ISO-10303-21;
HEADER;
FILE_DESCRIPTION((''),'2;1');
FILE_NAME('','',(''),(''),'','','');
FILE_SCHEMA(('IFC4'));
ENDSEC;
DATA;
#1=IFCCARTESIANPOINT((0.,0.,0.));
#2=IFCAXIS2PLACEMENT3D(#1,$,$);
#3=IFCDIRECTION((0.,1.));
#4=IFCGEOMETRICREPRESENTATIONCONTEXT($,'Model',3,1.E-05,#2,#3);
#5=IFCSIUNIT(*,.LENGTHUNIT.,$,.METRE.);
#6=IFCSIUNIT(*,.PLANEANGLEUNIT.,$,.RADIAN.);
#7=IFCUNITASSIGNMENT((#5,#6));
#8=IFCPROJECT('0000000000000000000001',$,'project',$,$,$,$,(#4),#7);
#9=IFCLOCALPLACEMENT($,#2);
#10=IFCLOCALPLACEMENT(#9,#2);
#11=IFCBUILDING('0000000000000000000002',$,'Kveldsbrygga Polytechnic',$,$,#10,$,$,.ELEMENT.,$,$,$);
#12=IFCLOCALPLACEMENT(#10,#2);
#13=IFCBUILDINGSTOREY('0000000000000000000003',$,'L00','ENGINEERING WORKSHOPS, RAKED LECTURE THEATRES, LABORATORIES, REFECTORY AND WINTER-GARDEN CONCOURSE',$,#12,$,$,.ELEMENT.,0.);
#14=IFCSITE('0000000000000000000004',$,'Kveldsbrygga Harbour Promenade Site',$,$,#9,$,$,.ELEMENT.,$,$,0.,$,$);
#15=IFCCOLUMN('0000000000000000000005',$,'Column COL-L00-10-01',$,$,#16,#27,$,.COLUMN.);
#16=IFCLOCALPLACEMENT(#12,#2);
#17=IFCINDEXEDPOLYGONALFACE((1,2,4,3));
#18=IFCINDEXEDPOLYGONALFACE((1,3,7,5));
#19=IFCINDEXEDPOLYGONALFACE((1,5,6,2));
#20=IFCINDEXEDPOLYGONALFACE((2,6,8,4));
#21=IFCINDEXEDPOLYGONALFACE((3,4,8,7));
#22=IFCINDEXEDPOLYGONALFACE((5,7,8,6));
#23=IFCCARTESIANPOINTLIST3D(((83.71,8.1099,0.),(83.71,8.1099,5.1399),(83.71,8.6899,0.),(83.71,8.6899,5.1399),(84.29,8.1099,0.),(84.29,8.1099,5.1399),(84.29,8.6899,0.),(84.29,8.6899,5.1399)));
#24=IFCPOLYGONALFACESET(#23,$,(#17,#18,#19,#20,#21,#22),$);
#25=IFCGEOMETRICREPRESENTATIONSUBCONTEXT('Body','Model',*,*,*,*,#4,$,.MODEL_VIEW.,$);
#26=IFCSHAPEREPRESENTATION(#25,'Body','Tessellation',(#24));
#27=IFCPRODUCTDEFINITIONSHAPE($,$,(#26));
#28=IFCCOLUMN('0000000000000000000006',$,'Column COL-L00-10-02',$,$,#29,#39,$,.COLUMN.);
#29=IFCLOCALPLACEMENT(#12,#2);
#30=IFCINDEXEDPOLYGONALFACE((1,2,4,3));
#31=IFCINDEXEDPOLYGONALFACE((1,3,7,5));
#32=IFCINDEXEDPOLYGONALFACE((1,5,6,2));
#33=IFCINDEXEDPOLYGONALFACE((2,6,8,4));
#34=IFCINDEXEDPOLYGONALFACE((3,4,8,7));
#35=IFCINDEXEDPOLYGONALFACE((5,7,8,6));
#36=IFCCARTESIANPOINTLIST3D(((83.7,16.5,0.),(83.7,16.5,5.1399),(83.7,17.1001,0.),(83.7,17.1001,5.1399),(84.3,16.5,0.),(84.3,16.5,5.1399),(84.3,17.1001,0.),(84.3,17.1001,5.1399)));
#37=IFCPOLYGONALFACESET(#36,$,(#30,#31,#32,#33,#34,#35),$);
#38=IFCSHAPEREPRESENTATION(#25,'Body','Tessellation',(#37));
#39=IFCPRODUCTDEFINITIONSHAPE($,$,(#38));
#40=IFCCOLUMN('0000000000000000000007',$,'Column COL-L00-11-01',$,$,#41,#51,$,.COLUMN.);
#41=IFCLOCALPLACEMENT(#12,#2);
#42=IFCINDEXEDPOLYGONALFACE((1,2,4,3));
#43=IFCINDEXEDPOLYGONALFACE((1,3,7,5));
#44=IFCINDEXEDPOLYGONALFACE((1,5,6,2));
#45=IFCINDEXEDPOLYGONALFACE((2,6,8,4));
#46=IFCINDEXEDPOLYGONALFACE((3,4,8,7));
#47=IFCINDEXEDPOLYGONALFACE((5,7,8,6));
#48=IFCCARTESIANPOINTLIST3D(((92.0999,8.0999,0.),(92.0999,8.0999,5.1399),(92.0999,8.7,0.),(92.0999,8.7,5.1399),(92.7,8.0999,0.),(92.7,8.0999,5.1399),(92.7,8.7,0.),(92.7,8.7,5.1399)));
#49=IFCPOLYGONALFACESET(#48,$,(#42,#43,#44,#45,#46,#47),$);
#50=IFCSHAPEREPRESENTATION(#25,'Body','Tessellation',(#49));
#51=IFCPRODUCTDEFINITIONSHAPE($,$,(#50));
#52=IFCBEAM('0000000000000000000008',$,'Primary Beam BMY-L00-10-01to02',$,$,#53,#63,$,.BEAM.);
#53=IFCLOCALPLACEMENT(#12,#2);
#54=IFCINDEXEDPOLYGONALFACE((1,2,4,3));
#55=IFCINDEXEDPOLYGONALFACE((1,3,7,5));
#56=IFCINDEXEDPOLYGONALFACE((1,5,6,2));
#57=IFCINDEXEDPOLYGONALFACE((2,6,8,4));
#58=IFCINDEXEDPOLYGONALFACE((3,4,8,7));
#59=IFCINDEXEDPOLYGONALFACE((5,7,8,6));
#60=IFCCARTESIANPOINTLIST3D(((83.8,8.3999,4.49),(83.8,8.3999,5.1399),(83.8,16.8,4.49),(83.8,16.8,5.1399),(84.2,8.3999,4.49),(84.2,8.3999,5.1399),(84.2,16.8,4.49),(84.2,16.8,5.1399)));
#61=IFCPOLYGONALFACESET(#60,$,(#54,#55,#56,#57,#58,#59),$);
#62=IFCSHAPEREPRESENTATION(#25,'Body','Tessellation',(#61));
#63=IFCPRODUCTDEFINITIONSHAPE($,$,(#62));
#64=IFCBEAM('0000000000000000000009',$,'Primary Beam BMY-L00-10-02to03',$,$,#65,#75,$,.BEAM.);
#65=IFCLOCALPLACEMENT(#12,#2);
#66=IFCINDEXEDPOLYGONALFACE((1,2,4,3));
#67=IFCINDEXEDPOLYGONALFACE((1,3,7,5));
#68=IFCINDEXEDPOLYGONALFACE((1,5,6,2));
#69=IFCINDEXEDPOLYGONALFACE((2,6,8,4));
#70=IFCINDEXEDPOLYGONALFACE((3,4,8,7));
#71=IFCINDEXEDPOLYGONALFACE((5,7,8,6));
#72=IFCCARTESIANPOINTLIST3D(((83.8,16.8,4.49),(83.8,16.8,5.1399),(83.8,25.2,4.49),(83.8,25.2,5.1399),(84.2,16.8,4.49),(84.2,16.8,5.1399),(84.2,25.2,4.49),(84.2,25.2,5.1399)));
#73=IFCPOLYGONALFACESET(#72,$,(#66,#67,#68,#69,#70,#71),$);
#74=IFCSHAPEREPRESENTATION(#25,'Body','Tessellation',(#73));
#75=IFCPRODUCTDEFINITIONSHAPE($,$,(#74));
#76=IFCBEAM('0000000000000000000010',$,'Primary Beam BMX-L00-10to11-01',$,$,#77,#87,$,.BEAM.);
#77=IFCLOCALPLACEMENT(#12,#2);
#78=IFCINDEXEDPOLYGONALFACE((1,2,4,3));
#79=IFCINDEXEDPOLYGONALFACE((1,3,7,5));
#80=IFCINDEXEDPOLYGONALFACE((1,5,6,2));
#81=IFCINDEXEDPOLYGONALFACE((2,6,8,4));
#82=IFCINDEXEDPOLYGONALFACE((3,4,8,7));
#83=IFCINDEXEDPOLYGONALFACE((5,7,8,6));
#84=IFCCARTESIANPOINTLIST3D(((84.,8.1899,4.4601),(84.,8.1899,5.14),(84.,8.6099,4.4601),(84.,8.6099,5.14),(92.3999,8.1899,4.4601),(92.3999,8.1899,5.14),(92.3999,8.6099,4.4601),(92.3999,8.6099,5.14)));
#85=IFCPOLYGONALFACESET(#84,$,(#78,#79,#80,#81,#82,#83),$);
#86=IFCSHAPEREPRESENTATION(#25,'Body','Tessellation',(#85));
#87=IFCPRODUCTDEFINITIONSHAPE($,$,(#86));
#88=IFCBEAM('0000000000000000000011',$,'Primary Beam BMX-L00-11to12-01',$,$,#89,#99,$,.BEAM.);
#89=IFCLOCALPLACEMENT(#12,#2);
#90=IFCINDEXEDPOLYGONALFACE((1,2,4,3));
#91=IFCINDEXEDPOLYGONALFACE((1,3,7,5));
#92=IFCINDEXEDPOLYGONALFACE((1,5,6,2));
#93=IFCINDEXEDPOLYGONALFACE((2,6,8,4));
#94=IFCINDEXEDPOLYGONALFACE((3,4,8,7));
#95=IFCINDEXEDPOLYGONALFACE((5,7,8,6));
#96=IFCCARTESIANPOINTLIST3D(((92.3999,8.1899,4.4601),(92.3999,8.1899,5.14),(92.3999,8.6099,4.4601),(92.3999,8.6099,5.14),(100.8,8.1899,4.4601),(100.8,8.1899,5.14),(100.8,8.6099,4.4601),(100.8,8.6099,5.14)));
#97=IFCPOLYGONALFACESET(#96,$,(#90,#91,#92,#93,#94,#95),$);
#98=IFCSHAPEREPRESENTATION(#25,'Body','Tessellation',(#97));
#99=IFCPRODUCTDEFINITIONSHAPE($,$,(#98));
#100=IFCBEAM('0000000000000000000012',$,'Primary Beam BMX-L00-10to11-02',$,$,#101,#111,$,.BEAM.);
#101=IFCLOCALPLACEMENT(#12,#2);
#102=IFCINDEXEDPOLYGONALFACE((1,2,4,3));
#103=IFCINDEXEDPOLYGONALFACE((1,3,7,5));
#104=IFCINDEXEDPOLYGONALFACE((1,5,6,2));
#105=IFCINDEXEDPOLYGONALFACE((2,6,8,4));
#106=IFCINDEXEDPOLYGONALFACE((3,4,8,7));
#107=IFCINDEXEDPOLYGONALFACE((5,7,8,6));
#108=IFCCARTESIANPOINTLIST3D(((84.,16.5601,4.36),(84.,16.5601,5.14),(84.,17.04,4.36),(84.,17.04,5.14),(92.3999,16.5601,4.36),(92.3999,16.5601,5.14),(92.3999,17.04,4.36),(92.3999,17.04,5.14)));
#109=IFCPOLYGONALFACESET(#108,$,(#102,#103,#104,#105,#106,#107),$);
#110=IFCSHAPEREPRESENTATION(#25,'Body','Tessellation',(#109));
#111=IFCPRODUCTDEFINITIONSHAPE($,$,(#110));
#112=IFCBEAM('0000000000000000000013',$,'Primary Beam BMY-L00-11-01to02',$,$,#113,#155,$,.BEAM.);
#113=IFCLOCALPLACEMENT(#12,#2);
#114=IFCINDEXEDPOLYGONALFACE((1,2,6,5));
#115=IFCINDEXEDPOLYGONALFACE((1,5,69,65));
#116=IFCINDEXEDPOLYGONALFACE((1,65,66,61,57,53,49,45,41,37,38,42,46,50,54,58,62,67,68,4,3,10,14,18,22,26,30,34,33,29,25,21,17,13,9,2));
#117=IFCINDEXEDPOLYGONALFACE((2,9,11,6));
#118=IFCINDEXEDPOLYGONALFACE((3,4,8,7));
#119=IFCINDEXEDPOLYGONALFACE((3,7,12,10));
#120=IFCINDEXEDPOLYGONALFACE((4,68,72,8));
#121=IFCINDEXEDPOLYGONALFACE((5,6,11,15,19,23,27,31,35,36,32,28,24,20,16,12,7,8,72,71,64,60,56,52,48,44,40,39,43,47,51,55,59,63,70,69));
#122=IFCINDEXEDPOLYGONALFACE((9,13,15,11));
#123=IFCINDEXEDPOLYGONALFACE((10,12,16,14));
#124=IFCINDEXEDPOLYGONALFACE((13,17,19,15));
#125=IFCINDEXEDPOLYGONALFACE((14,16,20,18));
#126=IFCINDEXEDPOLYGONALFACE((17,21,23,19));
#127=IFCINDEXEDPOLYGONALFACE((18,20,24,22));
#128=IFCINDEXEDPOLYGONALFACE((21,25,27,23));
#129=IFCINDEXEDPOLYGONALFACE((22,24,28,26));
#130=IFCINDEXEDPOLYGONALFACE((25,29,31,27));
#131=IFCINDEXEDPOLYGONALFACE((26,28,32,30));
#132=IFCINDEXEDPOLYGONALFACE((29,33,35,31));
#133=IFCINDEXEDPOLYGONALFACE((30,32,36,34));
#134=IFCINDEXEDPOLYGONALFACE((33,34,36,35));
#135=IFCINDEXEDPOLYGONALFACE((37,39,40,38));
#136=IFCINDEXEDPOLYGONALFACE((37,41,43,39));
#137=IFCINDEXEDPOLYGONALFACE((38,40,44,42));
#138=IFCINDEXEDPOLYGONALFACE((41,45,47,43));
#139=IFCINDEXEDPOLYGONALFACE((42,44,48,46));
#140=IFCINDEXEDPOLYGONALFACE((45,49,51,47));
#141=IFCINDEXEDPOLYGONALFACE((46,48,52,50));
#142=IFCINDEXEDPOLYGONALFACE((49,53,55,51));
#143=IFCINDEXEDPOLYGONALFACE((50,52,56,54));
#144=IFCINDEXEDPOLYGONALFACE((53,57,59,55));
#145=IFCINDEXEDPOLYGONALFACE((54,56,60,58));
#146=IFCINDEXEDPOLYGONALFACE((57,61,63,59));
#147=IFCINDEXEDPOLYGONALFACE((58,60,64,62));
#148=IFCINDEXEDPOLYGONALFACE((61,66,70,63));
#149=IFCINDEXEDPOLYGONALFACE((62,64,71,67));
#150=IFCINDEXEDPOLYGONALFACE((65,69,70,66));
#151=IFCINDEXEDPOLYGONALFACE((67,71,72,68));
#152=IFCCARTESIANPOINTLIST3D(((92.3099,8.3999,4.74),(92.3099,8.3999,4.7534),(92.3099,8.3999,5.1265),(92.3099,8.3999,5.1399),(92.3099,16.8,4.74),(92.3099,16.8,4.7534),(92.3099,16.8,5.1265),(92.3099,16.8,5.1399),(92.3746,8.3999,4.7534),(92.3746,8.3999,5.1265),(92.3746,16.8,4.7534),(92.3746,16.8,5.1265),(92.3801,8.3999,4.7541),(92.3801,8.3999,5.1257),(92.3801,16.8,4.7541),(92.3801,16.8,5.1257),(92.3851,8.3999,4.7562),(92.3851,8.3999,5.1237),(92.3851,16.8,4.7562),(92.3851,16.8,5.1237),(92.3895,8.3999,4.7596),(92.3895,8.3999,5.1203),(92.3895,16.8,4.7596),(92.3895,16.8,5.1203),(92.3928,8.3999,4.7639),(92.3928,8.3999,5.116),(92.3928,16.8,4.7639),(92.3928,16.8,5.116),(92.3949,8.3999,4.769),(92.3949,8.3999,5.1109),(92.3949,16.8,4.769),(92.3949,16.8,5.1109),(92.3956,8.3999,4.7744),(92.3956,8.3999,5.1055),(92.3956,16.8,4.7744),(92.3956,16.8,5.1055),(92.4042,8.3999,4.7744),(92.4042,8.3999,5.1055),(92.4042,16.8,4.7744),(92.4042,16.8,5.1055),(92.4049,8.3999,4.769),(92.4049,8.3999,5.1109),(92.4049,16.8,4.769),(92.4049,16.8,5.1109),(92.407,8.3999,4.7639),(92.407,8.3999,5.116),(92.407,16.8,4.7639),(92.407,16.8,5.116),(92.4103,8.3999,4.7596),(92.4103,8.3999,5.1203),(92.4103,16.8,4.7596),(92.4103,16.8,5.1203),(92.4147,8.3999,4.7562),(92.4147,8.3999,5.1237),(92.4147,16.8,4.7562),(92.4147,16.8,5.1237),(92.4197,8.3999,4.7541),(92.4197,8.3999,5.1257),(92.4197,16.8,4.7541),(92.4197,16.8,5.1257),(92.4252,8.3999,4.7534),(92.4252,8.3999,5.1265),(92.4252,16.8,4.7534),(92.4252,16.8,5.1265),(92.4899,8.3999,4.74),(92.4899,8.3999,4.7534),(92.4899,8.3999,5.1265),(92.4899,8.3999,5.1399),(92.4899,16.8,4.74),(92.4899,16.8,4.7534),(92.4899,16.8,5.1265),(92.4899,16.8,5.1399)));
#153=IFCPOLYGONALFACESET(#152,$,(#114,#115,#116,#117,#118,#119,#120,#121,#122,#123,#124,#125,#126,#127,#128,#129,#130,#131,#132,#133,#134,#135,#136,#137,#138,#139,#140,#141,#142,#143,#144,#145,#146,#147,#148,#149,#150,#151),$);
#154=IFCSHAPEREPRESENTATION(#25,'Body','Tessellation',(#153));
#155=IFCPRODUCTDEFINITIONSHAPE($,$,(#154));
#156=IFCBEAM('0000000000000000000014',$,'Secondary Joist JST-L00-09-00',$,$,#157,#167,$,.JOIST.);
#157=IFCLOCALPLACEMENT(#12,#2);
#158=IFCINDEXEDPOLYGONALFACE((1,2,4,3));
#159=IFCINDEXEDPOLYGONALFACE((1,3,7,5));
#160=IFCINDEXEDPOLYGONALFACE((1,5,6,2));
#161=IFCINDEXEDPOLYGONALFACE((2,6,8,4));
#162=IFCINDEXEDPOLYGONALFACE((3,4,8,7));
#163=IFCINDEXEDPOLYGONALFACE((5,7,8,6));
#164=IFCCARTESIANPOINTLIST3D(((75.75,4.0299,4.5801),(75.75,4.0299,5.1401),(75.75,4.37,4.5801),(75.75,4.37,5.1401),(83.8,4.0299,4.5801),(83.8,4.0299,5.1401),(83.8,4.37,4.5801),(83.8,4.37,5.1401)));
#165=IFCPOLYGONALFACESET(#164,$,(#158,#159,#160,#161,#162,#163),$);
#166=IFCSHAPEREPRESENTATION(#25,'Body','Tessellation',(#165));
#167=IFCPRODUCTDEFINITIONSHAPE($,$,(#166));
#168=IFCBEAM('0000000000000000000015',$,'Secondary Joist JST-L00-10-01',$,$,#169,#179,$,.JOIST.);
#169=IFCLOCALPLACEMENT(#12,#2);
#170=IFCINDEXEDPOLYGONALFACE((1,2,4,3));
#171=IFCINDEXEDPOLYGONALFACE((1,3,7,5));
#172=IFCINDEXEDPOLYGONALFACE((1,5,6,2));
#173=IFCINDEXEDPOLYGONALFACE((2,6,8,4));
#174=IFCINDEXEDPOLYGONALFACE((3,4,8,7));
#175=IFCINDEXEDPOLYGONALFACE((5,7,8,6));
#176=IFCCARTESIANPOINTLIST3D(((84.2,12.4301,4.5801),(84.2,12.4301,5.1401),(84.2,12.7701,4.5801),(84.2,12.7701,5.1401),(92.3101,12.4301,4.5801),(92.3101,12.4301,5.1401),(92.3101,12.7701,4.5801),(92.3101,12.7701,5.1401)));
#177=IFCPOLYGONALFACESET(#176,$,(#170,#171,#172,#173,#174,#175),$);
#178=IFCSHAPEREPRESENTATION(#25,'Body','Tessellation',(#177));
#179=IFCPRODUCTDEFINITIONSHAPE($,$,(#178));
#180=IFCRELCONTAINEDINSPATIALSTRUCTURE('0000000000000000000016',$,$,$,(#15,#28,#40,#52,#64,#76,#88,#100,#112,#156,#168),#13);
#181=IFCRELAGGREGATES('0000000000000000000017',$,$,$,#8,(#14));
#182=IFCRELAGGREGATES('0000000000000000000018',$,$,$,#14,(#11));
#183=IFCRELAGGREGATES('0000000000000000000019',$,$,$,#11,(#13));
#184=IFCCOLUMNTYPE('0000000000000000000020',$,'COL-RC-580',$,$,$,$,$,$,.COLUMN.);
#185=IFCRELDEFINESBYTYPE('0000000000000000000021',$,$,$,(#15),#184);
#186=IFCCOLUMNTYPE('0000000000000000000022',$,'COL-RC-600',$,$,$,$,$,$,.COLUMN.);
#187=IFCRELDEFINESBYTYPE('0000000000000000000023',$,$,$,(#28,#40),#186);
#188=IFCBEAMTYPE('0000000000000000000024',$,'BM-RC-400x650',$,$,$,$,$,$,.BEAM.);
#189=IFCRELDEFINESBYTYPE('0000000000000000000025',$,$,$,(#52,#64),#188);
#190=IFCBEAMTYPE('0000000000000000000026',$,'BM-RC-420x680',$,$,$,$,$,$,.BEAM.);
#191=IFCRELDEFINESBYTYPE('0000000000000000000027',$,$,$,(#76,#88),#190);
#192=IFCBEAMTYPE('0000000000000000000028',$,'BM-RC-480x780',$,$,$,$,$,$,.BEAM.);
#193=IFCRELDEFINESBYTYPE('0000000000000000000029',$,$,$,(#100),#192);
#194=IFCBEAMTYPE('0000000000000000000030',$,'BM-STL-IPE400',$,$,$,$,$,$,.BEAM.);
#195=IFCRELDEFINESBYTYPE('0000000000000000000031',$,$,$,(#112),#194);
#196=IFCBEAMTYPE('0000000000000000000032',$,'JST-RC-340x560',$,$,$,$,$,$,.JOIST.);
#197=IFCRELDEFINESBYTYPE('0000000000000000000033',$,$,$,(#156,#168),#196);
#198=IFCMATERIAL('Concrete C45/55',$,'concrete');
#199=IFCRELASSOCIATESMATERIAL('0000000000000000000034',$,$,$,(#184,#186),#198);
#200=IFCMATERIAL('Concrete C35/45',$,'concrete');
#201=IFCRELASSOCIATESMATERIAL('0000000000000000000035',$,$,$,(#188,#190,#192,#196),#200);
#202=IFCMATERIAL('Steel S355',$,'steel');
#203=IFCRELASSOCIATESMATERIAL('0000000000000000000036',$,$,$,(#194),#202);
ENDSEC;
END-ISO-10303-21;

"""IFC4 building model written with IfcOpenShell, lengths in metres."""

from ifc_helpers import new_model, si_unit, direction, frame, origin, origin_2d, place, context, subcontext, project, spatial, rectangle, i_section, extrude, material, material_profile, profile_set, type_object, element, save


model = new_model("IFC4")

# Units and contexts
model_context = context("Model", 3, precision=1e-05, world=origin(), true_north=direction((0.0, 1.0)))
body_context = subcontext(model_context, "Body", "Model", "MODEL_VIEW")
ifc_project = project(units=[si_unit("LENGTHUNIT", "METRE"), si_unit("PLANEANGLEUNIT", "RADIAN")], contexts=[model_context])

# Site, building, storey
site_placement = place(None, origin())
site = spatial("IfcSite", under=ifc_project, at=site_placement, Name="Kveldsbrygga Harbour Promenade Site", CompositionType="ELEMENT", RefElevation=0.0)
building_placement = place(site_placement, origin())
building = spatial("IfcBuilding", under=site, at=building_placement, Name="Kveldsbrygga Polytechnic", CompositionType="ELEMENT")
storey_placement = place(building_placement, origin())
storey = spatial("IfcBuildingStorey", under=building, at=storey_placement, Name="L00", Description="ENGINEERING WORKSHOPS, RAKED LECTURE THEATRES, LABORATORIES, REFECTORY AND WINTER-GARDEN CONCOURSE", CompositionType="ELEMENT", Elevation=0.0)

# Columns
ifc_material_1 = material(Name="Concrete C45/55", Category="concrete")
ifc_material_profile_1 = material_profile(ifc_material_1, rectangle(XDim=0.5801, YDim=0.5801, at=origin_2d()), Name="RC 580x580")
ifc_profile_set_1 = profile_set([ifc_material_profile_1], Name="Concrete C45/55")
column_type_1 = type_object("IfcColumnType", Name="COL-RC-580", PredefinedType="COLUMN", material=ifc_profile_set_1)
column_placement = place(storey_placement, frame((84.0, 8.3999, 0.0), z_axis=(0.0, 0.0, 1.0), x_axis=(1.0, 0.0, 0.0)))
element("IfcColumn", 1, at=column_placement, inside=storey, type_object=column_type_1, Name="Column COL-L00-10-01", PredefinedType="COLUMN", context=body_context, shape_type="SweptSolid", body=[
    extrude(rectangle(XDim=0.5801, YDim=0.5801, at=origin_2d()), origin(), (0.0, 0.0, 1.0), 5.1399),
])
ifc_material_profile_2 = material_profile(ifc_material_1, rectangle(XDim=0.6001, YDim=0.6001, at=origin_2d()), Name="RC 600x600")
ifc_profile_set_2 = profile_set([ifc_material_profile_2], Name="Concrete C45/55")
column_type_2 = type_object("IfcColumnType", Name="COL-RC-600", PredefinedType="COLUMN", material=ifc_profile_set_2)
for number, where, z_axis, x_axis, name in (
    (2, (84.0, 16.8, 0.0), (0.0, 0.0, 1.0), (1.0, 0.0, 0.0), "Column COL-L00-10-02"),
    (3, (92.3999, 8.3999, 0.0), (0.0, 0.0, 1.0), (1.0, 0.0, 0.0), "Column COL-L00-11-01"),
):
    element("IfcColumn", number, at=place(storey_placement, frame(where, z_axis=z_axis, x_axis=x_axis)), inside=storey, type_object=column_type_2, Name=name, PredefinedType="COLUMN", context=body_context, shape_type="SweptSolid", body=[
        extrude(rectangle(XDim=0.6001, YDim=0.6001, at=origin_2d()), origin(), (0.0, 0.0, 1.0), 5.1399),
    ])

# Beams
ifc_material_2 = material(Name="Concrete C35/45", Category="concrete")
ifc_material_profile_3 = material_profile(ifc_material_2, rectangle(XDim=0.3999, YDim=0.6499, at=origin_2d()), Name="RC 400x650")
ifc_profile_set_3 = profile_set([ifc_material_profile_3], Name="Concrete C35/45")
beam_type_1 = type_object("IfcBeamType", Name="BM-RC-400x650", PredefinedType="BEAM", material=ifc_profile_set_3)
beam_1_placement = place(storey_placement, frame((84.0, 8.3999, 4.8149), z_axis=(0.0, 1.0, 0.0), x_axis=(-1.0, 0.0, 0.0)))
element("IfcBeam", 4, at=beam_1_placement, inside=storey, type_object=beam_type_1, Name="Primary Beam BMY-L00-10-01to02", PredefinedType="BEAM", context=body_context, shape_type="SweptSolid", body=[
    extrude(rectangle(XDim=0.3999, YDim=0.6499, at=origin_2d()), origin(), (0.0, 0.0, 1.0), 8.4001),
])
beam_2_placement = place(storey_placement, frame((84.0, 16.8, 4.8149), z_axis=(0.0, 1.0, 0.0), x_axis=(-1.0, 0.0, 0.0)))
element("IfcBeam", 5, at=beam_2_placement, inside=storey, type_object=beam_type_1, Name="Primary Beam BMY-L00-10-02to03", PredefinedType="BEAM", context=body_context, shape_type="SweptSolid", body=[
    extrude(rectangle(XDim=0.3999, YDim=0.6499, at=origin_2d()), origin(), (0.0, 0.0, 1.0), 8.3999),
])
ifc_material_profile_4 = material_profile(ifc_material_2, rectangle(XDim=0.4199, YDim=0.6799, at=origin_2d()), Name="RC 420x680")
ifc_profile_set_4 = profile_set([ifc_material_profile_4], Name="Concrete C35/45")
beam_type_2 = type_object("IfcBeamType", Name="BM-RC-420x680", PredefinedType="BEAM", material=ifc_profile_set_4)
beam_3_placement = place(storey_placement, frame((84.0, 8.3999, 4.8), z_axis=(1.0, 0.0, 0.0), x_axis=(0.0, 1.0, 0.0)))
element("IfcBeam", 6, at=beam_3_placement, inside=storey, type_object=beam_type_2, Name="Primary Beam BMX-L00-10to11-01", PredefinedType="BEAM", context=body_context, shape_type="SweptSolid", body=[
    extrude(rectangle(XDim=0.4199, YDim=0.6799, at=origin_2d()), origin(), (0.0, 0.0, 1.0), 8.3999),
])
beam_4_placement = place(storey_placement, frame((92.3999, 8.3999, 4.8), z_axis=(1.0, 0.0, 0.0), x_axis=(0.0, 1.0, 0.0)))
element("IfcBeam", 7, at=beam_4_placement, inside=storey, type_object=beam_type_2, Name="Primary Beam BMX-L00-11to12-01", PredefinedType="BEAM", context=body_context, shape_type="SweptSolid", body=[
    extrude(rectangle(XDim=0.4199, YDim=0.6799, at=origin_2d()), origin(), (0.0, 0.0, 1.0), 8.4001),
])
ifc_material_profile_5 = material_profile(ifc_material_2, rectangle(XDim=0.48, YDim=0.78, at=origin_2d()), Name="RC 480x780")
ifc_profile_set_5 = profile_set([ifc_material_profile_5], Name="Concrete C35/45")
beam_type_3 = type_object("IfcBeamType", Name="BM-RC-480x780", PredefinedType="BEAM", material=ifc_profile_set_5)
beam_5_placement = place(storey_placement, frame((84.0, 16.8, 4.75), z_axis=(1.0, 0.0, 0.0), x_axis=(0.0, 1.0, 0.0)))
element("IfcBeam", 8, at=beam_5_placement, inside=storey, type_object=beam_type_3, Name="Primary Beam BMX-L00-10to11-02", PredefinedType="BEAM", context=body_context, shape_type="SweptSolid", body=[
    extrude(rectangle(XDim=0.48, YDim=0.78, at=origin_2d()), origin(), (0.0, 0.0, 1.0), 8.3999),
])
ifc_material_3 = material(Name="Steel S355", Category="steel")
ifc_material_profile_6 = material_profile(ifc_material_3, i_section(OverallWidth=0.1799, OverallDepth=0.3999, WebThickness=0.0085, FlangeThickness=0.0134, FilletRadius=0.021, at=origin_2d()), Name="IPE 400")
ifc_profile_set_6 = profile_set([ifc_material_profile_6], Name="Steel S355")
beam_type_4 = type_object("IfcBeamType", Name="BM-STL-IPE400", PredefinedType="BEAM", material=ifc_profile_set_6)
beam_6_placement = place(storey_placement, frame((92.3999, 8.3999, 4.9399), z_axis=(0.0, 1.0, 0.0), x_axis=(-1.0, 0.0, 0.0)))
element("IfcBeam", 9, at=beam_6_placement, inside=storey, type_object=beam_type_4, Name="Primary Beam BMY-L00-11-01to02", PredefinedType="BEAM", context=body_context, shape_type="SweptSolid", body=[
    extrude(i_section(OverallWidth=0.1799, OverallDepth=0.3999, WebThickness=0.0085, FlangeThickness=0.0134, FilletRadius=0.021, at=origin_2d()), origin(), (0.0, 0.0, 1.0), 8.4001),
])
ifc_material_profile_7 = material_profile(ifc_material_2, rectangle(XDim=0.3401, YDim=0.5601, at=origin_2d()), Name="RC 340x560")
ifc_profile_set_7 = profile_set([ifc_material_profile_7], Name="Concrete C35/45")
beam_type_5 = type_object("IfcBeamType", Name="JST-RC-340x560", PredefinedType="JOIST", material=ifc_profile_set_7)
beam_7_placement = place(storey_placement, frame((75.75, 4.2, 4.8601), z_axis=(1.0, 0.0, 0.0), x_axis=(0.0, 1.0, 0.0)))
element("IfcBeam", 10, at=beam_7_placement, inside=storey, type_object=beam_type_5, Name="Secondary Joist JST-L00-09-00", PredefinedType="JOIST", context=body_context, shape_type="SweptSolid", body=[
    extrude(rectangle(XDim=0.3401, YDim=0.5601, at=origin_2d()), origin(), (0.0, 0.0, 1.0), 8.05),
])
for number, where, z_axis, x_axis, name in (
    (11, (84.2, 12.6001, 4.8601), (1.0, 0.0, 0.0), (0.0, 1.0, 0.0), "Secondary Joist JST-L00-10-01"),
):
    element("IfcBeam", number, at=place(storey_placement, frame(where, z_axis=z_axis, x_axis=x_axis)), inside=storey, type_object=beam_type_5, Name=name, PredefinedType="JOIST", context=body_context, shape_type="SweptSolid", body=[
        extrude(rectangle(XDim=0.3401, YDim=0.5601, at=origin_2d()), origin(), (0.0, 0.0, 1.0), 8.1101),
    ])

save(model, "model.ifc")
